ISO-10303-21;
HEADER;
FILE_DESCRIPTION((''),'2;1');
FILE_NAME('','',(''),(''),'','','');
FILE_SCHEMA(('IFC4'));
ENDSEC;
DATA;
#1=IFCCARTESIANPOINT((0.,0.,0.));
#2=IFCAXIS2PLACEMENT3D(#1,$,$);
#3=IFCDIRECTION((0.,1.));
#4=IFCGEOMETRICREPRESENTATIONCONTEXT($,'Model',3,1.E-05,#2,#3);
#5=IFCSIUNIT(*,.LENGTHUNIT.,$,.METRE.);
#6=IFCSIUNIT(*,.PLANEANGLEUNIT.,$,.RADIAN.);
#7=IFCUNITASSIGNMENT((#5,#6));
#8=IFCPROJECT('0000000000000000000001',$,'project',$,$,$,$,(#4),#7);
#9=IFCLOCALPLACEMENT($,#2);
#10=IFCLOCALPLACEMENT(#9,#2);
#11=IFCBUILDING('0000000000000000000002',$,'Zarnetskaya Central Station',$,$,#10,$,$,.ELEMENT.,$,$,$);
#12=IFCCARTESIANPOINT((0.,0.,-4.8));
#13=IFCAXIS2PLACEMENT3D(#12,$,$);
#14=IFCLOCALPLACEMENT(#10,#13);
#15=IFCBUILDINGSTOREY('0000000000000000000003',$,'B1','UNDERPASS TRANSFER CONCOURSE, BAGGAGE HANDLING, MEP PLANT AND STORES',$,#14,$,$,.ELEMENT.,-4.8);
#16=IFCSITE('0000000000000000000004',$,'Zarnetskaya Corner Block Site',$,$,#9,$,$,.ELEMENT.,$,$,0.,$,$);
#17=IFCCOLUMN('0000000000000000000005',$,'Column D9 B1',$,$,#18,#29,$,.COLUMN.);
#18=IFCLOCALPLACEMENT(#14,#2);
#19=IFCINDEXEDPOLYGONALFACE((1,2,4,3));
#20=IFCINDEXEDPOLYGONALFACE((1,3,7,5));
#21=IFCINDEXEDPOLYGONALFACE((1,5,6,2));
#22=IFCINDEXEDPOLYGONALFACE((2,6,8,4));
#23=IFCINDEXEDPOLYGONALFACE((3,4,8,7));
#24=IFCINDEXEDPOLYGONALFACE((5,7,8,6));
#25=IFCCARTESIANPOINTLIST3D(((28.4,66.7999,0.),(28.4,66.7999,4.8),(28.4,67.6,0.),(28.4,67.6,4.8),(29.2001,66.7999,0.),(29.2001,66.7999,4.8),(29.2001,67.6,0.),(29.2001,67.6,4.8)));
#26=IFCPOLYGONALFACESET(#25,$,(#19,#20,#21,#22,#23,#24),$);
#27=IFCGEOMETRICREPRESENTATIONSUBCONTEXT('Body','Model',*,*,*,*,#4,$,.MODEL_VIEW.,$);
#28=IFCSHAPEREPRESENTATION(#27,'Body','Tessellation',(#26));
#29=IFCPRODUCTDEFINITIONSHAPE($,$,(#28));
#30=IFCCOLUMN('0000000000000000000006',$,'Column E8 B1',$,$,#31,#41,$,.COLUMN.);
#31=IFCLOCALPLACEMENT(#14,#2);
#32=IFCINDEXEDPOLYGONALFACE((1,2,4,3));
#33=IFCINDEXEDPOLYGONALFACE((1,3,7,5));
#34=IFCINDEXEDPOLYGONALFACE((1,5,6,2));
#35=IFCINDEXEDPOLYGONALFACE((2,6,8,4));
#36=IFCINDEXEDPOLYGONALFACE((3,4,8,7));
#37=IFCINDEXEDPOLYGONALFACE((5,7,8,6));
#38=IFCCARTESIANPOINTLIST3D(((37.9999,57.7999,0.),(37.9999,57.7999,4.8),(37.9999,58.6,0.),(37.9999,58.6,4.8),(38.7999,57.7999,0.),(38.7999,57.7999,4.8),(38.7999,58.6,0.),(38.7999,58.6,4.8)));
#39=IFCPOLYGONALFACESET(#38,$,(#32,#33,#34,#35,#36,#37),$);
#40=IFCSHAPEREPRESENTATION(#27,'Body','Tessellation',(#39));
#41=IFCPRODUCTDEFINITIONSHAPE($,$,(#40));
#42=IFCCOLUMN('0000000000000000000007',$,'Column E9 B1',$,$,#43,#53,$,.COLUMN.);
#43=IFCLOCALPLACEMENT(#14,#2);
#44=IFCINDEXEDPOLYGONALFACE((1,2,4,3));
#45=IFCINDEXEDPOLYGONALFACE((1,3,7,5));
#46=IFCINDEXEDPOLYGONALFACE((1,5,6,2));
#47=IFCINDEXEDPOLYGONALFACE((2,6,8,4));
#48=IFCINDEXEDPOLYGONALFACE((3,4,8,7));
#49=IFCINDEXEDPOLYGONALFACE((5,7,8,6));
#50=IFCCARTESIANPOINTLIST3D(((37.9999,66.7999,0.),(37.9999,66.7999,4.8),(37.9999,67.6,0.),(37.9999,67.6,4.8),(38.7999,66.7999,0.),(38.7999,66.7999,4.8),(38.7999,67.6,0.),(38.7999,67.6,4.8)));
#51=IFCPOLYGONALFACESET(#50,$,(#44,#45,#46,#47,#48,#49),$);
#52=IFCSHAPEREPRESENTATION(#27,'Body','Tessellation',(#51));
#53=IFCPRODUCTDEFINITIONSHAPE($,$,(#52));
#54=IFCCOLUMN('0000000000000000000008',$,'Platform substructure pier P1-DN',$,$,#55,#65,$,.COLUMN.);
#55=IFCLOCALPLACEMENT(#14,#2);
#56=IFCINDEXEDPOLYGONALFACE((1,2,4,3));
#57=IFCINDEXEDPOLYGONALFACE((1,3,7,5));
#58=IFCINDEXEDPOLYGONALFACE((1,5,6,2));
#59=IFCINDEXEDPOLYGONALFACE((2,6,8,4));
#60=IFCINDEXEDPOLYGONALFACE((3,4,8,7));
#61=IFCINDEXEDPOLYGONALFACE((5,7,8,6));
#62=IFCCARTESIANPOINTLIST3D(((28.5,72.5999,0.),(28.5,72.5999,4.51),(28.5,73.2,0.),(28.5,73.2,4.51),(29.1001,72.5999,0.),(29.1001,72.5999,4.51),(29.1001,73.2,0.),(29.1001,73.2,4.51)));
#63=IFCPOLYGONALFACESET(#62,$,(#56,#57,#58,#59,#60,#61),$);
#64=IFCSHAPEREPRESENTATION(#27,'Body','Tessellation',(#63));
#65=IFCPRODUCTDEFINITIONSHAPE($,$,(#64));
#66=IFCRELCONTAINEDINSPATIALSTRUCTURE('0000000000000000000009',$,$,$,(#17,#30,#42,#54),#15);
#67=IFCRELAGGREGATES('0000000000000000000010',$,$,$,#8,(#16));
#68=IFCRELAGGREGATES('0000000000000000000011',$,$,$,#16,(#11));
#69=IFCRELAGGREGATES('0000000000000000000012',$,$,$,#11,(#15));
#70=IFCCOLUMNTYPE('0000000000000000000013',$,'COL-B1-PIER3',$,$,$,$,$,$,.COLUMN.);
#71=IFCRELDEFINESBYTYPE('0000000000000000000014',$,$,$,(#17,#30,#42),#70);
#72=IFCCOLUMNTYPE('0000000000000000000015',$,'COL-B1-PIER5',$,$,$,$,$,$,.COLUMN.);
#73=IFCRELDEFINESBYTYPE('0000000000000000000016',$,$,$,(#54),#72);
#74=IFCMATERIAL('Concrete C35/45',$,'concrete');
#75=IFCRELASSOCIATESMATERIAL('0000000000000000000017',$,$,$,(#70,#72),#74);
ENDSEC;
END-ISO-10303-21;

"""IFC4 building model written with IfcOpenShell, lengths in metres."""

from ifc_helpers import new_model, si_unit, direction, frame, origin, origin_2d, place, context, subcontext, project, spatial, rectangle, extrude, material, material_profile, profile_set, type_object, element, save


model = new_model("IFC4")

# Units and contexts
model_context = context("Model", 3, precision=1e-05, world=origin(), true_north=direction((0.0, 1.0)))
body_context = subcontext(model_context, "Body", "Model", "MODEL_VIEW")
ifc_project = project(units=[si_unit("LENGTHUNIT", "METRE"), si_unit("PLANEANGLEUNIT", "RADIAN")], contexts=[model_context])

# Site, building, storey
site_placement = place(None, origin())
site = spatial("IfcSite", under=ifc_project, at=site_placement, Name="Zarnetskaya Corner Block Site", CompositionType="ELEMENT", RefElevation=0.0)
building_placement = place(site_placement, origin())
building = spatial("IfcBuilding", under=site, at=building_placement, Name="Zarnetskaya Central Station", CompositionType="ELEMENT")
storey_placement = place(building_placement, frame((0.0, 0.0, -4.8)))
storey = spatial("IfcBuildingStorey", under=building, at=storey_placement, Name="B1", Description="UNDERPASS TRANSFER CONCOURSE, BAGGAGE HANDLING, MEP PLANT AND STORES", CompositionType="ELEMENT", Elevation=-4.8)

# Shared definitions
ifc_material = material(Name="Concrete C35/45", Category="concrete")

# Columns
ifc_material_profile_1 = material_profile(ifc_material, rectangle(XDim=0.8, YDim=0.8, at=origin_2d()), Name="RC 800x800")
ifc_profile_set_1 = profile_set([ifc_material_profile_1], Name="Concrete C35/45")
column_type_1 = type_object("IfcColumnType", Name="COL-B1-PIER3", PredefinedType="COLUMN", material=ifc_profile_set_1)
for number, where, z_axis, x_axis, name in (
    (1, (28.8, 67.2, 0.0), (0.0, 0.0, 1.0), (1.0, 0.0, 0.0), "Column D9 B1"),
    (2, (38.3999, 58.2, 0.0), (0.0, 0.0, 1.0), (1.0, 0.0, 0.0), "Column E8 B1"),
    (3, (38.3999, 67.2, 0.0), (0.0, 0.0, 1.0), (1.0, 0.0, 0.0), "Column E9 B1"),
):
    element("IfcColumn", number, at=place(storey_placement, frame(where, z_axis=z_axis, x_axis=x_axis)), inside=storey, type_object=column_type_1, Name=name, PredefinedType="COLUMN", context=body_context, shape_type="SweptSolid", body=[
        extrude(rectangle(XDim=0.8, YDim=0.8, at=origin_2d()), origin(), (0.0, 0.0, 1.0), 4.8),
    ])
ifc_material_profile_2 = material_profile(ifc_material, rectangle(XDim=0.6001, YDim=0.6001, at=origin_2d()), Name="RC 600x600")
ifc_profile_set_2 = profile_set([ifc_material_profile_2], Name="Concrete C35/45")
column_type_2 = type_object("IfcColumnType", Name="COL-B1-PIER5", PredefinedType="COLUMN", material=ifc_profile_set_2)
column_1_placement = place(storey_placement, frame((28.8, 72.8999, 0.0), z_axis=(0.0, 0.0, 1.0), x_axis=(1.0, 0.0, 0.0)))
element("IfcColumn", 4, at=column_1_placement, inside=storey, type_object=column_type_2, Name="Platform substructure pier P1-DN", PredefinedType="COLUMN", context=body_context, shape_type="SweptSolid", body=[
    extrude(rectangle(XDim=0.6001, YDim=0.6001, at=origin_2d()), origin(), (0.0, 0.0, 1.0), 4.51),
])

save(model, "model.ifc")
